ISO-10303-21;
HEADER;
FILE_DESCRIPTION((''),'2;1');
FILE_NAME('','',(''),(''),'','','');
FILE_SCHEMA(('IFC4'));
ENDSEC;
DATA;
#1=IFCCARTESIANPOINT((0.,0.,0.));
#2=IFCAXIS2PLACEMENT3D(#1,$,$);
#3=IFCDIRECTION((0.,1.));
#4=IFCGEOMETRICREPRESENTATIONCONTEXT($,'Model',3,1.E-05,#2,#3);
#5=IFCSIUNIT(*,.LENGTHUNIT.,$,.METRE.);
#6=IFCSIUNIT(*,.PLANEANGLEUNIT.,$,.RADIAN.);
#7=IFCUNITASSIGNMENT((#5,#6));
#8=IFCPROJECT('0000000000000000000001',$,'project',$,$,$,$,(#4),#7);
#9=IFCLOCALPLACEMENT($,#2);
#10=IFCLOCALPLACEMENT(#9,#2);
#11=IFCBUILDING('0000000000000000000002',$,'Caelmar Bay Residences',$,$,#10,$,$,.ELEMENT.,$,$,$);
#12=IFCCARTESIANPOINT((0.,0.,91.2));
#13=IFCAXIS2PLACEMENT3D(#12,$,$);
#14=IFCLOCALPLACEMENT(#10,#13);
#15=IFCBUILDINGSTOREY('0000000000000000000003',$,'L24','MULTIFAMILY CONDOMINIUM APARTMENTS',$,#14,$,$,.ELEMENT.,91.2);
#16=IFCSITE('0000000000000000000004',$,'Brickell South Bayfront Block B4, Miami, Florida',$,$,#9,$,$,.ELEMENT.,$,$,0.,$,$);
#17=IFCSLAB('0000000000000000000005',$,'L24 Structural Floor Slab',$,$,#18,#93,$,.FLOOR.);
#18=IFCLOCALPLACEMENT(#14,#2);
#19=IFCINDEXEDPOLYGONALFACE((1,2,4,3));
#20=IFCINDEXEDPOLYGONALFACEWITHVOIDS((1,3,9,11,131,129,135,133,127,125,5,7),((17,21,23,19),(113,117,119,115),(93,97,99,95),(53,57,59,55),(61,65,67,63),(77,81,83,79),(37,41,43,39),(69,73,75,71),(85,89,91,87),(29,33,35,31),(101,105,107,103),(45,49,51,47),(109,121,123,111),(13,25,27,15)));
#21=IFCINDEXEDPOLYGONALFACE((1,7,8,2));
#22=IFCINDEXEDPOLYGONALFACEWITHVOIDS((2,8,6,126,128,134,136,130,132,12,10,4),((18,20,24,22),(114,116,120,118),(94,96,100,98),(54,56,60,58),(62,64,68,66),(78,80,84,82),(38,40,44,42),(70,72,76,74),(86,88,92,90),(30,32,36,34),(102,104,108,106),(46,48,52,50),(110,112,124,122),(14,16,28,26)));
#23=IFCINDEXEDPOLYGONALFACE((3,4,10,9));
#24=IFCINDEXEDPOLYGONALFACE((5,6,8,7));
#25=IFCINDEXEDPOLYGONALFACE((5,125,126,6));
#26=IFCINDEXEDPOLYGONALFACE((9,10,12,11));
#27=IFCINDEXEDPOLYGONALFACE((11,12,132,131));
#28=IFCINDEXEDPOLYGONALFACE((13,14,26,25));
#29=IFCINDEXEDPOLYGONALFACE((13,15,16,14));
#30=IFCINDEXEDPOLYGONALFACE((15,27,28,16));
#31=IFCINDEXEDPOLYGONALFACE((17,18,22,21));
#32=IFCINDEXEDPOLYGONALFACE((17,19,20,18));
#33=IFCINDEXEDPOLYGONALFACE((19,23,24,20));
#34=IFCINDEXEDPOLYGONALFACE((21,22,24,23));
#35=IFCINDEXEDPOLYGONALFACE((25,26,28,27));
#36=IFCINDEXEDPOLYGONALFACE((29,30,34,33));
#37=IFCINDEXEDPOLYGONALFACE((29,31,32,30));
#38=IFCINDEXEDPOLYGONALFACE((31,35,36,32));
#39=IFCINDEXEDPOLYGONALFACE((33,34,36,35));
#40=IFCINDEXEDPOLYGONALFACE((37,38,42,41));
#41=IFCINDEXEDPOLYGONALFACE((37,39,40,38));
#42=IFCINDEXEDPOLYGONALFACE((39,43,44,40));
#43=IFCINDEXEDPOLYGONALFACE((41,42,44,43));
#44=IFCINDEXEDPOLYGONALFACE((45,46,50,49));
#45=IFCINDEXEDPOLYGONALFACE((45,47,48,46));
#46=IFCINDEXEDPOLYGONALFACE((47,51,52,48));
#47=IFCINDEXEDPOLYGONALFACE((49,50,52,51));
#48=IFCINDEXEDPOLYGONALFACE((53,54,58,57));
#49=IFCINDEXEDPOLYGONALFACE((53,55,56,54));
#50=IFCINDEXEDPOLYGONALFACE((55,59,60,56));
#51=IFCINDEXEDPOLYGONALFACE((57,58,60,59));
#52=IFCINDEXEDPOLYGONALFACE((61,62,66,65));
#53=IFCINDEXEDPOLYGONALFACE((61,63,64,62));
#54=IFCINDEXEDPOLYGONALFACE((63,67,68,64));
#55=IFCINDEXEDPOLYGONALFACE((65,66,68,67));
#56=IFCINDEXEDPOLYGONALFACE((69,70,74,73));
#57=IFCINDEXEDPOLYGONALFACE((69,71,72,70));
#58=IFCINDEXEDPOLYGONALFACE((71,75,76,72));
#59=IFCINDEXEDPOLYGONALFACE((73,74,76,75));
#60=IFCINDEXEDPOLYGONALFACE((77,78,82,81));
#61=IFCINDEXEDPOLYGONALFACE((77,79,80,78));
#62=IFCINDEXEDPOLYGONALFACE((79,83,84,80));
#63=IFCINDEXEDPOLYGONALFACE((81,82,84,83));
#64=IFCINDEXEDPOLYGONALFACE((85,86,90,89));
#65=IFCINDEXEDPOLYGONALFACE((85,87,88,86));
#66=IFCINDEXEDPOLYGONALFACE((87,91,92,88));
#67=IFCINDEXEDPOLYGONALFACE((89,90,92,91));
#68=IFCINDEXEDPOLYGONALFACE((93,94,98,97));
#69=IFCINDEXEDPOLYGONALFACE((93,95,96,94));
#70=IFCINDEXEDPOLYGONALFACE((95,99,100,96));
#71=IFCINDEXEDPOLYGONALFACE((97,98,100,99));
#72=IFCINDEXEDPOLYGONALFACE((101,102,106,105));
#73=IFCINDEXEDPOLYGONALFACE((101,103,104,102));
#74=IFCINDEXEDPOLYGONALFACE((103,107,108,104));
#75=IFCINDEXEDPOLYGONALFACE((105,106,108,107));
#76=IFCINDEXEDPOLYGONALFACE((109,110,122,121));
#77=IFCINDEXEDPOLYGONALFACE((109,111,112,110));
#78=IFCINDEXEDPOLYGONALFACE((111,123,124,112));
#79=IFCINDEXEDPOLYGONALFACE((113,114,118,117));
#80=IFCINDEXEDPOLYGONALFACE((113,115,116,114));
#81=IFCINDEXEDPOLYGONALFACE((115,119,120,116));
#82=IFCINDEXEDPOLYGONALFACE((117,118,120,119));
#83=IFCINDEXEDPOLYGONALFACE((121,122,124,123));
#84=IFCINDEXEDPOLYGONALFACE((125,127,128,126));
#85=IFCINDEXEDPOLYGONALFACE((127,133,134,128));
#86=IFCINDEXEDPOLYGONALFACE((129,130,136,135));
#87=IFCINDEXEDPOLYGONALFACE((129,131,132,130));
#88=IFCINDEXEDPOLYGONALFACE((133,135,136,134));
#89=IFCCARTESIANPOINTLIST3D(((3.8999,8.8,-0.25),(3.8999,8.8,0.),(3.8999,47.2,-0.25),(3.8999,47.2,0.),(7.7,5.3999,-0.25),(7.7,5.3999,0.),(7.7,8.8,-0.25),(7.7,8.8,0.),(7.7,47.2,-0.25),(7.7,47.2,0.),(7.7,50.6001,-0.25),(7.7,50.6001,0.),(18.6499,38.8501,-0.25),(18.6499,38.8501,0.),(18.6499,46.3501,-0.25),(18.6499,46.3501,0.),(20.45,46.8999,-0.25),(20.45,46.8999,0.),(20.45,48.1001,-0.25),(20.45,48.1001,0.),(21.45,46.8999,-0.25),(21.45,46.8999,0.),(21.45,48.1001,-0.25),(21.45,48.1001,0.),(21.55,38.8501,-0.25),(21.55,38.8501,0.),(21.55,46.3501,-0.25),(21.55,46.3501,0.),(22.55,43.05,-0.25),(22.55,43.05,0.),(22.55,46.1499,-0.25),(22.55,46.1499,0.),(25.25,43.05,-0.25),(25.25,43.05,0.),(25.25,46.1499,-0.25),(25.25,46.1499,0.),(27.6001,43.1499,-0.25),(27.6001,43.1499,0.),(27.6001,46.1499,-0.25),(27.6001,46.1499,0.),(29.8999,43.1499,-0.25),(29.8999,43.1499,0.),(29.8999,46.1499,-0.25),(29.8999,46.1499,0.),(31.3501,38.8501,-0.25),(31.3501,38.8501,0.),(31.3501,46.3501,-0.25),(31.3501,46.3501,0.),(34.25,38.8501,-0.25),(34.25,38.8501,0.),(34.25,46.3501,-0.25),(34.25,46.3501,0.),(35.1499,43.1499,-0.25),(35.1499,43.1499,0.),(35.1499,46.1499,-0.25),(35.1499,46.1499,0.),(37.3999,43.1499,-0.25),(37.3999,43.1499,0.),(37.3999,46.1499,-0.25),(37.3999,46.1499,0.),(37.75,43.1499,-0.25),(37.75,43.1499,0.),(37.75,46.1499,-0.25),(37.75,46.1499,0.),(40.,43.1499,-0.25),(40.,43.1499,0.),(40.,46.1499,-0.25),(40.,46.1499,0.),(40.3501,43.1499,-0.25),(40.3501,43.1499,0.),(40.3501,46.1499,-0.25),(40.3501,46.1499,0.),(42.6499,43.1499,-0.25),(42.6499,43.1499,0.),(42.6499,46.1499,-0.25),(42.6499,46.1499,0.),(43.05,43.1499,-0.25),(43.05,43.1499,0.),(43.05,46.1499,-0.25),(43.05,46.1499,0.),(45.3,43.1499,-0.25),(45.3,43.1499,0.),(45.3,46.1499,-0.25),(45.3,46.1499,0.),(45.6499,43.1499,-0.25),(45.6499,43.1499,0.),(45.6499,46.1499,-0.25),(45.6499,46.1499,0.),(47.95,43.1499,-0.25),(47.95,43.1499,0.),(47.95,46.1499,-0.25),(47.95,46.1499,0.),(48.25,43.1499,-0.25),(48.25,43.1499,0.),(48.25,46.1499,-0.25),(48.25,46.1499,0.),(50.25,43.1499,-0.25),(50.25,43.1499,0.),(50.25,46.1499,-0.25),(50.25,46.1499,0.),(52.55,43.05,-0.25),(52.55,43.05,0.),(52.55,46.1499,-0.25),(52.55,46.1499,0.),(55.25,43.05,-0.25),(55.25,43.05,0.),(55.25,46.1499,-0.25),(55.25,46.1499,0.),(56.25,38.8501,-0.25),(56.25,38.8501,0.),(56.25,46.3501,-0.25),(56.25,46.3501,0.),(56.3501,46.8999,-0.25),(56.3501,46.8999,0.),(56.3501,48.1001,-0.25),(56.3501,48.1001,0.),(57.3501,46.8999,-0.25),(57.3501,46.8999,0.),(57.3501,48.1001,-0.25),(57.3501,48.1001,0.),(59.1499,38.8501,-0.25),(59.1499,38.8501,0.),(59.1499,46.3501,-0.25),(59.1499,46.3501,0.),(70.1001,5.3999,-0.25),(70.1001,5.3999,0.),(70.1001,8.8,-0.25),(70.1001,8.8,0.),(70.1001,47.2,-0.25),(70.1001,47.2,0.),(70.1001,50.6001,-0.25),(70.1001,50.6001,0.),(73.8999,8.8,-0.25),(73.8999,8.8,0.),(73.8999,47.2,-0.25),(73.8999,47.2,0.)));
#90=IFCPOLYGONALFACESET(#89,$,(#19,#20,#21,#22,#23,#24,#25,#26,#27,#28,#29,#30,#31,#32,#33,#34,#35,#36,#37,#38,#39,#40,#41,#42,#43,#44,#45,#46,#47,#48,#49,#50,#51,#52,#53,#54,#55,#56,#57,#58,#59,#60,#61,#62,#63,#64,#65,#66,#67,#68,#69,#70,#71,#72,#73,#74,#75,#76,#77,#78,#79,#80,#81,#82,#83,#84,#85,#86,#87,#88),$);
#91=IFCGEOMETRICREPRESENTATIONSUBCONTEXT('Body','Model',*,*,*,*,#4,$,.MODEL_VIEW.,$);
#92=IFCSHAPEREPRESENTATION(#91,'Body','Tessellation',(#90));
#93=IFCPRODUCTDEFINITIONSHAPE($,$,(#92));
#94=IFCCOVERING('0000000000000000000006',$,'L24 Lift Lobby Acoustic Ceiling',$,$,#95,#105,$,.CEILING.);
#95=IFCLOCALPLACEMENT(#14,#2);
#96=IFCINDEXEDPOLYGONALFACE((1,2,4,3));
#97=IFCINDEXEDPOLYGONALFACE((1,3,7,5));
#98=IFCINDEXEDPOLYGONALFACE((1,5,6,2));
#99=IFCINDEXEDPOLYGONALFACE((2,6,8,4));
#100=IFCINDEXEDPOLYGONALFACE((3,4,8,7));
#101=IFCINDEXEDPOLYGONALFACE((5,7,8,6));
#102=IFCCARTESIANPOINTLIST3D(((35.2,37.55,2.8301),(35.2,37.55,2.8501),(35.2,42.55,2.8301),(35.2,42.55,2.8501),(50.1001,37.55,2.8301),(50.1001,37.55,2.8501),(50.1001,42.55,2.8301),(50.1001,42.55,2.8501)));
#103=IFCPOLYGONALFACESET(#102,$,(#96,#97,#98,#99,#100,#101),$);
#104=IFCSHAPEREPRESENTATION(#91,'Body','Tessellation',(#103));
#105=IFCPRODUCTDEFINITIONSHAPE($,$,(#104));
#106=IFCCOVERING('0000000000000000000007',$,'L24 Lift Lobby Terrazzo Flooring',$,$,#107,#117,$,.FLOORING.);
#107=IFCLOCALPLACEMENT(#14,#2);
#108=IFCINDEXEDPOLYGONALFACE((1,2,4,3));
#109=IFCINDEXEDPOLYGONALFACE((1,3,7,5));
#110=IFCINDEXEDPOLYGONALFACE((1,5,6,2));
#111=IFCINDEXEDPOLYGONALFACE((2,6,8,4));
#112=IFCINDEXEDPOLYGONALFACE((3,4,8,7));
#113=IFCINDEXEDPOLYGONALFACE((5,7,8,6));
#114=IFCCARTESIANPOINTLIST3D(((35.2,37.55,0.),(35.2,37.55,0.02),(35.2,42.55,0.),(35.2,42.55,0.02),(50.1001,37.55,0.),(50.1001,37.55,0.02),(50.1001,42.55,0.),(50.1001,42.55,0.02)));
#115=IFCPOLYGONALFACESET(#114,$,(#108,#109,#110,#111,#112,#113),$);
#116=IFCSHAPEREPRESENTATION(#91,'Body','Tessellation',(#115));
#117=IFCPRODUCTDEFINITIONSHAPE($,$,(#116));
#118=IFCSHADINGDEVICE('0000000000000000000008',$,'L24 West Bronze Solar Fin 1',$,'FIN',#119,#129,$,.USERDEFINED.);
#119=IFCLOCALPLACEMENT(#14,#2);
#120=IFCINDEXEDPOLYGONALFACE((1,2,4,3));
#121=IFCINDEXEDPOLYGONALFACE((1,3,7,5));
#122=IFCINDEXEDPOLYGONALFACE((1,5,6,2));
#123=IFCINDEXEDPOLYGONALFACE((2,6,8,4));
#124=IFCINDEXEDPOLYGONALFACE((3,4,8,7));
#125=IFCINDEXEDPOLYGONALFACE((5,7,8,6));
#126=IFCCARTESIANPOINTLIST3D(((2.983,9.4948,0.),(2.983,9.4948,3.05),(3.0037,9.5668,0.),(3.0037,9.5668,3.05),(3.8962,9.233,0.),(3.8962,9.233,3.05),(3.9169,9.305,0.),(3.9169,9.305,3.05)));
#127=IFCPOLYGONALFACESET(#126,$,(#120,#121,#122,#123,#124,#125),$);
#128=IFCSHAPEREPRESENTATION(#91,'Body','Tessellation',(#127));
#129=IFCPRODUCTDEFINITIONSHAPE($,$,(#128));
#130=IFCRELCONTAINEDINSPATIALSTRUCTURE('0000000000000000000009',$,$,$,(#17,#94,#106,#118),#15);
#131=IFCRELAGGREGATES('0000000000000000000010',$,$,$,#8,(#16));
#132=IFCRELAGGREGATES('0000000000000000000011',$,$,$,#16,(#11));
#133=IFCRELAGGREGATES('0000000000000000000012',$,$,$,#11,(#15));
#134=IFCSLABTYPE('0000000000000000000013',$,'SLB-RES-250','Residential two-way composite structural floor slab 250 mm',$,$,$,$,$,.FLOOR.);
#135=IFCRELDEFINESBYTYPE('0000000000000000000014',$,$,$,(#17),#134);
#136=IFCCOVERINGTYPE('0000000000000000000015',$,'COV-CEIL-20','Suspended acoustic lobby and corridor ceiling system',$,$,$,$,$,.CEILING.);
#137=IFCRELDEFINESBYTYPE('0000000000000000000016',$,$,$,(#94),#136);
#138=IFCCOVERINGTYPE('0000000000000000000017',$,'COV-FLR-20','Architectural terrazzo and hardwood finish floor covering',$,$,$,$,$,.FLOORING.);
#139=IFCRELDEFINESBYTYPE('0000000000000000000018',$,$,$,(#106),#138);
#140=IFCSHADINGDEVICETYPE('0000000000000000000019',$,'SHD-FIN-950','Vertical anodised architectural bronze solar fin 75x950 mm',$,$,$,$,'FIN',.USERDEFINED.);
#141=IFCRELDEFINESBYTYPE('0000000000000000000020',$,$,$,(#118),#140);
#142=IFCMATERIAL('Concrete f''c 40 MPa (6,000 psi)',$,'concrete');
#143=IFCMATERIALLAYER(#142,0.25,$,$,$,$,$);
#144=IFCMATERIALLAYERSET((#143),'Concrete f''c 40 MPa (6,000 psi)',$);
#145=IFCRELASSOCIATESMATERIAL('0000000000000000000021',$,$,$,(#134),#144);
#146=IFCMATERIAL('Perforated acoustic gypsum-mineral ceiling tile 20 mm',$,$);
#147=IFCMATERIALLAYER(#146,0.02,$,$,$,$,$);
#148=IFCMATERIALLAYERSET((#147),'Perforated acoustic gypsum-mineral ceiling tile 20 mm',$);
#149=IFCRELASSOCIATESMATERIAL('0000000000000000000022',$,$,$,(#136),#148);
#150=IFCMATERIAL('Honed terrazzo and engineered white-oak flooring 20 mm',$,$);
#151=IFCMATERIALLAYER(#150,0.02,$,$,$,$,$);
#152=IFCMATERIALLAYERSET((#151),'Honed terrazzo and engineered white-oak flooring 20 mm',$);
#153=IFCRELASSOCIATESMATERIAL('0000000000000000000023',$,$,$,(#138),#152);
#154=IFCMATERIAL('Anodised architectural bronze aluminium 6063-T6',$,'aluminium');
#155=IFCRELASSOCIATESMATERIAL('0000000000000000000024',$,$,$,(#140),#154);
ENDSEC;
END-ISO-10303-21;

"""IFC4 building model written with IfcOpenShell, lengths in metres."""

from ifc_helpers import new_model, si_unit, direction, frame, origin, origin_2d, place, context, subcontext, project, spatial, polyline, rectangle, outline, extrude, material, layer, layer_set, material_profile, profile_set, type_object, element, save


model = new_model("IFC4")

# Units and contexts
model_context = context("Model", 3, precision=1e-05, world=origin(), true_north=direction((0.0, 1.0)))
body_context = subcontext(model_context, "Body", "Model", "MODEL_VIEW")
ifc_project = project(units=[si_unit("LENGTHUNIT", "METRE"), si_unit("PLANEANGLEUNIT", "RADIAN")], contexts=[model_context])

# Site, building, storey
site_placement = place(None, origin())
site = spatial("IfcSite", under=ifc_project, at=site_placement, Name="Brickell South Bayfront Block B4, Miami, Florida", CompositionType="ELEMENT", RefElevation=0.0)
building_placement = place(site_placement, origin())
building = spatial("IfcBuilding", under=site, at=building_placement, Name="Caelmar Bay Residences", CompositionType="ELEMENT")
storey_placement = place(building_placement, frame((0.0, 0.0, 91.2)))
storey = spatial("IfcBuildingStorey", under=building, at=storey_placement, Name="L24", Description="MULTIFAMILY CONDOMINIUM APARTMENTS", CompositionType="ELEMENT", Elevation=91.2)

# Shared definitions
ifc_material_1 = material(Name="Concrete f'c 40 MPa (6,000 psi)", Category="concrete")

# Slab
ifc_layer_1 = layer(ifc_material_1, 0.25)
ifc_layer_set_1 = layer_set([ifc_layer_1], Name="Concrete f'c 40 MPa (6,000 psi)")
slab_type_1 = type_object("IfcSlabType", Name="SLB-RES-250", Description="Residential two-way composite structural floor slab 250 mm", PredefinedType="FLOOR", material=ifc_layer_set_1)
slab_1_placement = place(storey_placement, frame((0.0, 0.0, -0.25)))
element("IfcSlab", 1, at=slab_1_placement, inside=storey, type_object=slab_type_1, Name="L24 Structural Floor Slab", PredefinedType="FLOOR", context=body_context, shape_type="SweptSolid", body=[
    extrude(outline(polyline([(7.7, 5.3999), (70.1001, 5.3999), (70.1001, 8.8), (73.8999, 8.8), (73.8999, 47.2), (70.1001, 47.2), (70.1001, 50.6001), (7.7, 50.6001), (7.7, 47.2), (3.8999, 47.2), (3.8999, 8.8), (7.7, 8.8), (7.7, 5.3999)]), holes=[polyline([(18.6499, 38.8501), (21.55, 38.8501), (21.55, 46.3501), (18.6499, 46.3501), (18.6499, 38.8501)]), polyline([(56.25, 38.8501), (59.1499, 38.8501), (59.1499, 46.3501), (56.25, 46.3501), (56.25, 38.8501)]), polyline([(31.3501, 38.8501), (34.25, 38.8501), (34.25, 46.3501), (31.3501, 46.3501), (31.3501, 38.8501)]), polyline([(22.55, 43.05), (25.25, 43.05), (25.25, 46.1499), (22.55, 46.1499), (22.55, 43.05)]), polyline([(52.55, 43.05), (55.25, 43.05), (55.25, 46.1499), (52.55, 46.1499), (52.55, 43.05)]), polyline([(35.1499, 43.1499), (37.3999, 43.1499), (37.3999, 46.1499), (35.1499, 46.1499), (35.1499, 43.1499)]), polyline([(37.75, 43.1499), (40.0, 43.1499), (40.0, 46.1499), (37.75, 46.1499), (37.75, 43.1499)]), polyline([(40.3501, 43.1499), (42.6499, 43.1499), (42.6499, 46.1499), (40.3501, 46.1499), (40.3501, 43.1499)]), polyline([(43.05, 43.1499), (45.3, 43.1499), (45.3, 46.1499), (43.05, 46.1499), (43.05, 43.1499)]), polyline([(45.6499, 43.1499), (47.95, 43.1499), (47.95, 46.1499), (45.6499, 46.1499), (45.6499, 43.1499)]), polyline([(48.25, 43.1499), (50.25, 43.1499), (50.25, 46.1499), (48.25, 46.1499), (48.25, 43.1499)]), polyline([(27.6001, 43.1499), (29.8999, 43.1499), (29.8999, 46.1499), (27.6001, 46.1499), (27.6001, 43.1499)]), polyline([(20.45, 46.8999), (21.45, 46.8999), (21.45, 48.1001), (20.45, 48.1001), (20.45, 46.8999)]), polyline([(56.3501, 46.8999), (57.3501, 46.8999), (57.3501, 48.1001), (56.3501, 48.1001), (56.3501, 46.8999)])]), origin(), (0.0, 0.0, 1.0), 0.25),
])

# Coverings
ifc_material_2 = material(Name="Perforated acoustic gypsum-mineral ceiling tile 20 mm")
ifc_layer_2 = layer(ifc_material_2, 0.02)
ifc_layer_set_2 = layer_set([ifc_layer_2], Name="Perforated acoustic gypsum-mineral ceiling tile 20 mm")
covering_type_1 = type_object("IfcCoveringType", Name="COV-CEIL-20", Description="Suspended acoustic lobby and corridor ceiling system", PredefinedType="CEILING", material=ifc_layer_set_2)
covering_1_placement = place(storey_placement, frame((0.0, 0.0, 2.8301)))
element("IfcCovering", 2, at=covering_1_placement, inside=storey, type_object=covering_type_1, Name="L24 Lift Lobby Acoustic Ceiling", PredefinedType="CEILING", context=body_context, shape_type="SweptSolid", body=[
    extrude(outline(polyline([(35.2, 37.55), (50.1001, 37.55), (50.1001, 42.55), (35.2, 42.55), (35.2, 37.55)])), origin(), (0.0, 0.0, 1.0), 0.02),
])
ifc_material_3 = material(Name="Honed terrazzo and engineered white-oak flooring 20 mm")
ifc_layer_3 = layer(ifc_material_3, 0.02)
ifc_layer_set_3 = layer_set([ifc_layer_3], Name="Honed terrazzo and engineered white-oak flooring 20 mm")
covering_type_2 = type_object("IfcCoveringType", Name="COV-FLR-20", Description="Architectural terrazzo and hardwood finish floor covering", PredefinedType="FLOORING", material=ifc_layer_set_3)
covering_2_placement = place(storey_placement, origin())
element("IfcCovering", 3, at=covering_2_placement, inside=storey, type_object=covering_type_2, Name="L24 Lift Lobby Terrazzo Flooring", PredefinedType="FLOORING", context=body_context, shape_type="SweptSolid", body=[
    extrude(outline(polyline([(35.2, 37.55), (50.1001, 37.55), (50.1001, 42.55), (35.2, 42.55), (35.2, 37.55)])), origin(), (0.0, 0.0, 1.0), 0.02),
])

# Shading device
ifc_material_4 = material(Name="Anodised architectural bronze aluminium 6063-T6", Category="aluminium")
ifc_material_profile_1 = material_profile(ifc_material_4, rectangle(XDim=0.075, YDim=0.95, at=origin_2d()), Name="BRONZE-FIN-75X950")
ifc_profile_set_1 = profile_set([ifc_material_profile_1], Name="Anodised architectural bronze aluminium 6063-T6")
shading_device_type = type_object("IfcShadingDeviceType", Name="SHD-FIN-950", Description="Vertical anodised architectural bronze solar fin 75x950 mm", ElementType="FIN", PredefinedType="USERDEFINED", material=ifc_profile_set_1)
shading_device_placement = place(storey_placement, frame((3.45, 9.3999, 0.0), z_axis=(0.0, 0.0, 1.0), x_axis=(0.275637, 0.961262, 0.0)))
element("IfcShadingDevice", 4, at=shading_device_placement, inside=storey, type_object=shading_device_type, Name="L24 West Bronze Solar Fin 1", ObjectType="FIN", PredefinedType="USERDEFINED", context=body_context, shape_type="SweptSolid", body=[
    extrude(rectangle(XDim=0.075, YDim=0.95, at=origin_2d()), origin(), (0.0, 0.0, 1.0), 3.05),
])

save(model, "model.ifc")
